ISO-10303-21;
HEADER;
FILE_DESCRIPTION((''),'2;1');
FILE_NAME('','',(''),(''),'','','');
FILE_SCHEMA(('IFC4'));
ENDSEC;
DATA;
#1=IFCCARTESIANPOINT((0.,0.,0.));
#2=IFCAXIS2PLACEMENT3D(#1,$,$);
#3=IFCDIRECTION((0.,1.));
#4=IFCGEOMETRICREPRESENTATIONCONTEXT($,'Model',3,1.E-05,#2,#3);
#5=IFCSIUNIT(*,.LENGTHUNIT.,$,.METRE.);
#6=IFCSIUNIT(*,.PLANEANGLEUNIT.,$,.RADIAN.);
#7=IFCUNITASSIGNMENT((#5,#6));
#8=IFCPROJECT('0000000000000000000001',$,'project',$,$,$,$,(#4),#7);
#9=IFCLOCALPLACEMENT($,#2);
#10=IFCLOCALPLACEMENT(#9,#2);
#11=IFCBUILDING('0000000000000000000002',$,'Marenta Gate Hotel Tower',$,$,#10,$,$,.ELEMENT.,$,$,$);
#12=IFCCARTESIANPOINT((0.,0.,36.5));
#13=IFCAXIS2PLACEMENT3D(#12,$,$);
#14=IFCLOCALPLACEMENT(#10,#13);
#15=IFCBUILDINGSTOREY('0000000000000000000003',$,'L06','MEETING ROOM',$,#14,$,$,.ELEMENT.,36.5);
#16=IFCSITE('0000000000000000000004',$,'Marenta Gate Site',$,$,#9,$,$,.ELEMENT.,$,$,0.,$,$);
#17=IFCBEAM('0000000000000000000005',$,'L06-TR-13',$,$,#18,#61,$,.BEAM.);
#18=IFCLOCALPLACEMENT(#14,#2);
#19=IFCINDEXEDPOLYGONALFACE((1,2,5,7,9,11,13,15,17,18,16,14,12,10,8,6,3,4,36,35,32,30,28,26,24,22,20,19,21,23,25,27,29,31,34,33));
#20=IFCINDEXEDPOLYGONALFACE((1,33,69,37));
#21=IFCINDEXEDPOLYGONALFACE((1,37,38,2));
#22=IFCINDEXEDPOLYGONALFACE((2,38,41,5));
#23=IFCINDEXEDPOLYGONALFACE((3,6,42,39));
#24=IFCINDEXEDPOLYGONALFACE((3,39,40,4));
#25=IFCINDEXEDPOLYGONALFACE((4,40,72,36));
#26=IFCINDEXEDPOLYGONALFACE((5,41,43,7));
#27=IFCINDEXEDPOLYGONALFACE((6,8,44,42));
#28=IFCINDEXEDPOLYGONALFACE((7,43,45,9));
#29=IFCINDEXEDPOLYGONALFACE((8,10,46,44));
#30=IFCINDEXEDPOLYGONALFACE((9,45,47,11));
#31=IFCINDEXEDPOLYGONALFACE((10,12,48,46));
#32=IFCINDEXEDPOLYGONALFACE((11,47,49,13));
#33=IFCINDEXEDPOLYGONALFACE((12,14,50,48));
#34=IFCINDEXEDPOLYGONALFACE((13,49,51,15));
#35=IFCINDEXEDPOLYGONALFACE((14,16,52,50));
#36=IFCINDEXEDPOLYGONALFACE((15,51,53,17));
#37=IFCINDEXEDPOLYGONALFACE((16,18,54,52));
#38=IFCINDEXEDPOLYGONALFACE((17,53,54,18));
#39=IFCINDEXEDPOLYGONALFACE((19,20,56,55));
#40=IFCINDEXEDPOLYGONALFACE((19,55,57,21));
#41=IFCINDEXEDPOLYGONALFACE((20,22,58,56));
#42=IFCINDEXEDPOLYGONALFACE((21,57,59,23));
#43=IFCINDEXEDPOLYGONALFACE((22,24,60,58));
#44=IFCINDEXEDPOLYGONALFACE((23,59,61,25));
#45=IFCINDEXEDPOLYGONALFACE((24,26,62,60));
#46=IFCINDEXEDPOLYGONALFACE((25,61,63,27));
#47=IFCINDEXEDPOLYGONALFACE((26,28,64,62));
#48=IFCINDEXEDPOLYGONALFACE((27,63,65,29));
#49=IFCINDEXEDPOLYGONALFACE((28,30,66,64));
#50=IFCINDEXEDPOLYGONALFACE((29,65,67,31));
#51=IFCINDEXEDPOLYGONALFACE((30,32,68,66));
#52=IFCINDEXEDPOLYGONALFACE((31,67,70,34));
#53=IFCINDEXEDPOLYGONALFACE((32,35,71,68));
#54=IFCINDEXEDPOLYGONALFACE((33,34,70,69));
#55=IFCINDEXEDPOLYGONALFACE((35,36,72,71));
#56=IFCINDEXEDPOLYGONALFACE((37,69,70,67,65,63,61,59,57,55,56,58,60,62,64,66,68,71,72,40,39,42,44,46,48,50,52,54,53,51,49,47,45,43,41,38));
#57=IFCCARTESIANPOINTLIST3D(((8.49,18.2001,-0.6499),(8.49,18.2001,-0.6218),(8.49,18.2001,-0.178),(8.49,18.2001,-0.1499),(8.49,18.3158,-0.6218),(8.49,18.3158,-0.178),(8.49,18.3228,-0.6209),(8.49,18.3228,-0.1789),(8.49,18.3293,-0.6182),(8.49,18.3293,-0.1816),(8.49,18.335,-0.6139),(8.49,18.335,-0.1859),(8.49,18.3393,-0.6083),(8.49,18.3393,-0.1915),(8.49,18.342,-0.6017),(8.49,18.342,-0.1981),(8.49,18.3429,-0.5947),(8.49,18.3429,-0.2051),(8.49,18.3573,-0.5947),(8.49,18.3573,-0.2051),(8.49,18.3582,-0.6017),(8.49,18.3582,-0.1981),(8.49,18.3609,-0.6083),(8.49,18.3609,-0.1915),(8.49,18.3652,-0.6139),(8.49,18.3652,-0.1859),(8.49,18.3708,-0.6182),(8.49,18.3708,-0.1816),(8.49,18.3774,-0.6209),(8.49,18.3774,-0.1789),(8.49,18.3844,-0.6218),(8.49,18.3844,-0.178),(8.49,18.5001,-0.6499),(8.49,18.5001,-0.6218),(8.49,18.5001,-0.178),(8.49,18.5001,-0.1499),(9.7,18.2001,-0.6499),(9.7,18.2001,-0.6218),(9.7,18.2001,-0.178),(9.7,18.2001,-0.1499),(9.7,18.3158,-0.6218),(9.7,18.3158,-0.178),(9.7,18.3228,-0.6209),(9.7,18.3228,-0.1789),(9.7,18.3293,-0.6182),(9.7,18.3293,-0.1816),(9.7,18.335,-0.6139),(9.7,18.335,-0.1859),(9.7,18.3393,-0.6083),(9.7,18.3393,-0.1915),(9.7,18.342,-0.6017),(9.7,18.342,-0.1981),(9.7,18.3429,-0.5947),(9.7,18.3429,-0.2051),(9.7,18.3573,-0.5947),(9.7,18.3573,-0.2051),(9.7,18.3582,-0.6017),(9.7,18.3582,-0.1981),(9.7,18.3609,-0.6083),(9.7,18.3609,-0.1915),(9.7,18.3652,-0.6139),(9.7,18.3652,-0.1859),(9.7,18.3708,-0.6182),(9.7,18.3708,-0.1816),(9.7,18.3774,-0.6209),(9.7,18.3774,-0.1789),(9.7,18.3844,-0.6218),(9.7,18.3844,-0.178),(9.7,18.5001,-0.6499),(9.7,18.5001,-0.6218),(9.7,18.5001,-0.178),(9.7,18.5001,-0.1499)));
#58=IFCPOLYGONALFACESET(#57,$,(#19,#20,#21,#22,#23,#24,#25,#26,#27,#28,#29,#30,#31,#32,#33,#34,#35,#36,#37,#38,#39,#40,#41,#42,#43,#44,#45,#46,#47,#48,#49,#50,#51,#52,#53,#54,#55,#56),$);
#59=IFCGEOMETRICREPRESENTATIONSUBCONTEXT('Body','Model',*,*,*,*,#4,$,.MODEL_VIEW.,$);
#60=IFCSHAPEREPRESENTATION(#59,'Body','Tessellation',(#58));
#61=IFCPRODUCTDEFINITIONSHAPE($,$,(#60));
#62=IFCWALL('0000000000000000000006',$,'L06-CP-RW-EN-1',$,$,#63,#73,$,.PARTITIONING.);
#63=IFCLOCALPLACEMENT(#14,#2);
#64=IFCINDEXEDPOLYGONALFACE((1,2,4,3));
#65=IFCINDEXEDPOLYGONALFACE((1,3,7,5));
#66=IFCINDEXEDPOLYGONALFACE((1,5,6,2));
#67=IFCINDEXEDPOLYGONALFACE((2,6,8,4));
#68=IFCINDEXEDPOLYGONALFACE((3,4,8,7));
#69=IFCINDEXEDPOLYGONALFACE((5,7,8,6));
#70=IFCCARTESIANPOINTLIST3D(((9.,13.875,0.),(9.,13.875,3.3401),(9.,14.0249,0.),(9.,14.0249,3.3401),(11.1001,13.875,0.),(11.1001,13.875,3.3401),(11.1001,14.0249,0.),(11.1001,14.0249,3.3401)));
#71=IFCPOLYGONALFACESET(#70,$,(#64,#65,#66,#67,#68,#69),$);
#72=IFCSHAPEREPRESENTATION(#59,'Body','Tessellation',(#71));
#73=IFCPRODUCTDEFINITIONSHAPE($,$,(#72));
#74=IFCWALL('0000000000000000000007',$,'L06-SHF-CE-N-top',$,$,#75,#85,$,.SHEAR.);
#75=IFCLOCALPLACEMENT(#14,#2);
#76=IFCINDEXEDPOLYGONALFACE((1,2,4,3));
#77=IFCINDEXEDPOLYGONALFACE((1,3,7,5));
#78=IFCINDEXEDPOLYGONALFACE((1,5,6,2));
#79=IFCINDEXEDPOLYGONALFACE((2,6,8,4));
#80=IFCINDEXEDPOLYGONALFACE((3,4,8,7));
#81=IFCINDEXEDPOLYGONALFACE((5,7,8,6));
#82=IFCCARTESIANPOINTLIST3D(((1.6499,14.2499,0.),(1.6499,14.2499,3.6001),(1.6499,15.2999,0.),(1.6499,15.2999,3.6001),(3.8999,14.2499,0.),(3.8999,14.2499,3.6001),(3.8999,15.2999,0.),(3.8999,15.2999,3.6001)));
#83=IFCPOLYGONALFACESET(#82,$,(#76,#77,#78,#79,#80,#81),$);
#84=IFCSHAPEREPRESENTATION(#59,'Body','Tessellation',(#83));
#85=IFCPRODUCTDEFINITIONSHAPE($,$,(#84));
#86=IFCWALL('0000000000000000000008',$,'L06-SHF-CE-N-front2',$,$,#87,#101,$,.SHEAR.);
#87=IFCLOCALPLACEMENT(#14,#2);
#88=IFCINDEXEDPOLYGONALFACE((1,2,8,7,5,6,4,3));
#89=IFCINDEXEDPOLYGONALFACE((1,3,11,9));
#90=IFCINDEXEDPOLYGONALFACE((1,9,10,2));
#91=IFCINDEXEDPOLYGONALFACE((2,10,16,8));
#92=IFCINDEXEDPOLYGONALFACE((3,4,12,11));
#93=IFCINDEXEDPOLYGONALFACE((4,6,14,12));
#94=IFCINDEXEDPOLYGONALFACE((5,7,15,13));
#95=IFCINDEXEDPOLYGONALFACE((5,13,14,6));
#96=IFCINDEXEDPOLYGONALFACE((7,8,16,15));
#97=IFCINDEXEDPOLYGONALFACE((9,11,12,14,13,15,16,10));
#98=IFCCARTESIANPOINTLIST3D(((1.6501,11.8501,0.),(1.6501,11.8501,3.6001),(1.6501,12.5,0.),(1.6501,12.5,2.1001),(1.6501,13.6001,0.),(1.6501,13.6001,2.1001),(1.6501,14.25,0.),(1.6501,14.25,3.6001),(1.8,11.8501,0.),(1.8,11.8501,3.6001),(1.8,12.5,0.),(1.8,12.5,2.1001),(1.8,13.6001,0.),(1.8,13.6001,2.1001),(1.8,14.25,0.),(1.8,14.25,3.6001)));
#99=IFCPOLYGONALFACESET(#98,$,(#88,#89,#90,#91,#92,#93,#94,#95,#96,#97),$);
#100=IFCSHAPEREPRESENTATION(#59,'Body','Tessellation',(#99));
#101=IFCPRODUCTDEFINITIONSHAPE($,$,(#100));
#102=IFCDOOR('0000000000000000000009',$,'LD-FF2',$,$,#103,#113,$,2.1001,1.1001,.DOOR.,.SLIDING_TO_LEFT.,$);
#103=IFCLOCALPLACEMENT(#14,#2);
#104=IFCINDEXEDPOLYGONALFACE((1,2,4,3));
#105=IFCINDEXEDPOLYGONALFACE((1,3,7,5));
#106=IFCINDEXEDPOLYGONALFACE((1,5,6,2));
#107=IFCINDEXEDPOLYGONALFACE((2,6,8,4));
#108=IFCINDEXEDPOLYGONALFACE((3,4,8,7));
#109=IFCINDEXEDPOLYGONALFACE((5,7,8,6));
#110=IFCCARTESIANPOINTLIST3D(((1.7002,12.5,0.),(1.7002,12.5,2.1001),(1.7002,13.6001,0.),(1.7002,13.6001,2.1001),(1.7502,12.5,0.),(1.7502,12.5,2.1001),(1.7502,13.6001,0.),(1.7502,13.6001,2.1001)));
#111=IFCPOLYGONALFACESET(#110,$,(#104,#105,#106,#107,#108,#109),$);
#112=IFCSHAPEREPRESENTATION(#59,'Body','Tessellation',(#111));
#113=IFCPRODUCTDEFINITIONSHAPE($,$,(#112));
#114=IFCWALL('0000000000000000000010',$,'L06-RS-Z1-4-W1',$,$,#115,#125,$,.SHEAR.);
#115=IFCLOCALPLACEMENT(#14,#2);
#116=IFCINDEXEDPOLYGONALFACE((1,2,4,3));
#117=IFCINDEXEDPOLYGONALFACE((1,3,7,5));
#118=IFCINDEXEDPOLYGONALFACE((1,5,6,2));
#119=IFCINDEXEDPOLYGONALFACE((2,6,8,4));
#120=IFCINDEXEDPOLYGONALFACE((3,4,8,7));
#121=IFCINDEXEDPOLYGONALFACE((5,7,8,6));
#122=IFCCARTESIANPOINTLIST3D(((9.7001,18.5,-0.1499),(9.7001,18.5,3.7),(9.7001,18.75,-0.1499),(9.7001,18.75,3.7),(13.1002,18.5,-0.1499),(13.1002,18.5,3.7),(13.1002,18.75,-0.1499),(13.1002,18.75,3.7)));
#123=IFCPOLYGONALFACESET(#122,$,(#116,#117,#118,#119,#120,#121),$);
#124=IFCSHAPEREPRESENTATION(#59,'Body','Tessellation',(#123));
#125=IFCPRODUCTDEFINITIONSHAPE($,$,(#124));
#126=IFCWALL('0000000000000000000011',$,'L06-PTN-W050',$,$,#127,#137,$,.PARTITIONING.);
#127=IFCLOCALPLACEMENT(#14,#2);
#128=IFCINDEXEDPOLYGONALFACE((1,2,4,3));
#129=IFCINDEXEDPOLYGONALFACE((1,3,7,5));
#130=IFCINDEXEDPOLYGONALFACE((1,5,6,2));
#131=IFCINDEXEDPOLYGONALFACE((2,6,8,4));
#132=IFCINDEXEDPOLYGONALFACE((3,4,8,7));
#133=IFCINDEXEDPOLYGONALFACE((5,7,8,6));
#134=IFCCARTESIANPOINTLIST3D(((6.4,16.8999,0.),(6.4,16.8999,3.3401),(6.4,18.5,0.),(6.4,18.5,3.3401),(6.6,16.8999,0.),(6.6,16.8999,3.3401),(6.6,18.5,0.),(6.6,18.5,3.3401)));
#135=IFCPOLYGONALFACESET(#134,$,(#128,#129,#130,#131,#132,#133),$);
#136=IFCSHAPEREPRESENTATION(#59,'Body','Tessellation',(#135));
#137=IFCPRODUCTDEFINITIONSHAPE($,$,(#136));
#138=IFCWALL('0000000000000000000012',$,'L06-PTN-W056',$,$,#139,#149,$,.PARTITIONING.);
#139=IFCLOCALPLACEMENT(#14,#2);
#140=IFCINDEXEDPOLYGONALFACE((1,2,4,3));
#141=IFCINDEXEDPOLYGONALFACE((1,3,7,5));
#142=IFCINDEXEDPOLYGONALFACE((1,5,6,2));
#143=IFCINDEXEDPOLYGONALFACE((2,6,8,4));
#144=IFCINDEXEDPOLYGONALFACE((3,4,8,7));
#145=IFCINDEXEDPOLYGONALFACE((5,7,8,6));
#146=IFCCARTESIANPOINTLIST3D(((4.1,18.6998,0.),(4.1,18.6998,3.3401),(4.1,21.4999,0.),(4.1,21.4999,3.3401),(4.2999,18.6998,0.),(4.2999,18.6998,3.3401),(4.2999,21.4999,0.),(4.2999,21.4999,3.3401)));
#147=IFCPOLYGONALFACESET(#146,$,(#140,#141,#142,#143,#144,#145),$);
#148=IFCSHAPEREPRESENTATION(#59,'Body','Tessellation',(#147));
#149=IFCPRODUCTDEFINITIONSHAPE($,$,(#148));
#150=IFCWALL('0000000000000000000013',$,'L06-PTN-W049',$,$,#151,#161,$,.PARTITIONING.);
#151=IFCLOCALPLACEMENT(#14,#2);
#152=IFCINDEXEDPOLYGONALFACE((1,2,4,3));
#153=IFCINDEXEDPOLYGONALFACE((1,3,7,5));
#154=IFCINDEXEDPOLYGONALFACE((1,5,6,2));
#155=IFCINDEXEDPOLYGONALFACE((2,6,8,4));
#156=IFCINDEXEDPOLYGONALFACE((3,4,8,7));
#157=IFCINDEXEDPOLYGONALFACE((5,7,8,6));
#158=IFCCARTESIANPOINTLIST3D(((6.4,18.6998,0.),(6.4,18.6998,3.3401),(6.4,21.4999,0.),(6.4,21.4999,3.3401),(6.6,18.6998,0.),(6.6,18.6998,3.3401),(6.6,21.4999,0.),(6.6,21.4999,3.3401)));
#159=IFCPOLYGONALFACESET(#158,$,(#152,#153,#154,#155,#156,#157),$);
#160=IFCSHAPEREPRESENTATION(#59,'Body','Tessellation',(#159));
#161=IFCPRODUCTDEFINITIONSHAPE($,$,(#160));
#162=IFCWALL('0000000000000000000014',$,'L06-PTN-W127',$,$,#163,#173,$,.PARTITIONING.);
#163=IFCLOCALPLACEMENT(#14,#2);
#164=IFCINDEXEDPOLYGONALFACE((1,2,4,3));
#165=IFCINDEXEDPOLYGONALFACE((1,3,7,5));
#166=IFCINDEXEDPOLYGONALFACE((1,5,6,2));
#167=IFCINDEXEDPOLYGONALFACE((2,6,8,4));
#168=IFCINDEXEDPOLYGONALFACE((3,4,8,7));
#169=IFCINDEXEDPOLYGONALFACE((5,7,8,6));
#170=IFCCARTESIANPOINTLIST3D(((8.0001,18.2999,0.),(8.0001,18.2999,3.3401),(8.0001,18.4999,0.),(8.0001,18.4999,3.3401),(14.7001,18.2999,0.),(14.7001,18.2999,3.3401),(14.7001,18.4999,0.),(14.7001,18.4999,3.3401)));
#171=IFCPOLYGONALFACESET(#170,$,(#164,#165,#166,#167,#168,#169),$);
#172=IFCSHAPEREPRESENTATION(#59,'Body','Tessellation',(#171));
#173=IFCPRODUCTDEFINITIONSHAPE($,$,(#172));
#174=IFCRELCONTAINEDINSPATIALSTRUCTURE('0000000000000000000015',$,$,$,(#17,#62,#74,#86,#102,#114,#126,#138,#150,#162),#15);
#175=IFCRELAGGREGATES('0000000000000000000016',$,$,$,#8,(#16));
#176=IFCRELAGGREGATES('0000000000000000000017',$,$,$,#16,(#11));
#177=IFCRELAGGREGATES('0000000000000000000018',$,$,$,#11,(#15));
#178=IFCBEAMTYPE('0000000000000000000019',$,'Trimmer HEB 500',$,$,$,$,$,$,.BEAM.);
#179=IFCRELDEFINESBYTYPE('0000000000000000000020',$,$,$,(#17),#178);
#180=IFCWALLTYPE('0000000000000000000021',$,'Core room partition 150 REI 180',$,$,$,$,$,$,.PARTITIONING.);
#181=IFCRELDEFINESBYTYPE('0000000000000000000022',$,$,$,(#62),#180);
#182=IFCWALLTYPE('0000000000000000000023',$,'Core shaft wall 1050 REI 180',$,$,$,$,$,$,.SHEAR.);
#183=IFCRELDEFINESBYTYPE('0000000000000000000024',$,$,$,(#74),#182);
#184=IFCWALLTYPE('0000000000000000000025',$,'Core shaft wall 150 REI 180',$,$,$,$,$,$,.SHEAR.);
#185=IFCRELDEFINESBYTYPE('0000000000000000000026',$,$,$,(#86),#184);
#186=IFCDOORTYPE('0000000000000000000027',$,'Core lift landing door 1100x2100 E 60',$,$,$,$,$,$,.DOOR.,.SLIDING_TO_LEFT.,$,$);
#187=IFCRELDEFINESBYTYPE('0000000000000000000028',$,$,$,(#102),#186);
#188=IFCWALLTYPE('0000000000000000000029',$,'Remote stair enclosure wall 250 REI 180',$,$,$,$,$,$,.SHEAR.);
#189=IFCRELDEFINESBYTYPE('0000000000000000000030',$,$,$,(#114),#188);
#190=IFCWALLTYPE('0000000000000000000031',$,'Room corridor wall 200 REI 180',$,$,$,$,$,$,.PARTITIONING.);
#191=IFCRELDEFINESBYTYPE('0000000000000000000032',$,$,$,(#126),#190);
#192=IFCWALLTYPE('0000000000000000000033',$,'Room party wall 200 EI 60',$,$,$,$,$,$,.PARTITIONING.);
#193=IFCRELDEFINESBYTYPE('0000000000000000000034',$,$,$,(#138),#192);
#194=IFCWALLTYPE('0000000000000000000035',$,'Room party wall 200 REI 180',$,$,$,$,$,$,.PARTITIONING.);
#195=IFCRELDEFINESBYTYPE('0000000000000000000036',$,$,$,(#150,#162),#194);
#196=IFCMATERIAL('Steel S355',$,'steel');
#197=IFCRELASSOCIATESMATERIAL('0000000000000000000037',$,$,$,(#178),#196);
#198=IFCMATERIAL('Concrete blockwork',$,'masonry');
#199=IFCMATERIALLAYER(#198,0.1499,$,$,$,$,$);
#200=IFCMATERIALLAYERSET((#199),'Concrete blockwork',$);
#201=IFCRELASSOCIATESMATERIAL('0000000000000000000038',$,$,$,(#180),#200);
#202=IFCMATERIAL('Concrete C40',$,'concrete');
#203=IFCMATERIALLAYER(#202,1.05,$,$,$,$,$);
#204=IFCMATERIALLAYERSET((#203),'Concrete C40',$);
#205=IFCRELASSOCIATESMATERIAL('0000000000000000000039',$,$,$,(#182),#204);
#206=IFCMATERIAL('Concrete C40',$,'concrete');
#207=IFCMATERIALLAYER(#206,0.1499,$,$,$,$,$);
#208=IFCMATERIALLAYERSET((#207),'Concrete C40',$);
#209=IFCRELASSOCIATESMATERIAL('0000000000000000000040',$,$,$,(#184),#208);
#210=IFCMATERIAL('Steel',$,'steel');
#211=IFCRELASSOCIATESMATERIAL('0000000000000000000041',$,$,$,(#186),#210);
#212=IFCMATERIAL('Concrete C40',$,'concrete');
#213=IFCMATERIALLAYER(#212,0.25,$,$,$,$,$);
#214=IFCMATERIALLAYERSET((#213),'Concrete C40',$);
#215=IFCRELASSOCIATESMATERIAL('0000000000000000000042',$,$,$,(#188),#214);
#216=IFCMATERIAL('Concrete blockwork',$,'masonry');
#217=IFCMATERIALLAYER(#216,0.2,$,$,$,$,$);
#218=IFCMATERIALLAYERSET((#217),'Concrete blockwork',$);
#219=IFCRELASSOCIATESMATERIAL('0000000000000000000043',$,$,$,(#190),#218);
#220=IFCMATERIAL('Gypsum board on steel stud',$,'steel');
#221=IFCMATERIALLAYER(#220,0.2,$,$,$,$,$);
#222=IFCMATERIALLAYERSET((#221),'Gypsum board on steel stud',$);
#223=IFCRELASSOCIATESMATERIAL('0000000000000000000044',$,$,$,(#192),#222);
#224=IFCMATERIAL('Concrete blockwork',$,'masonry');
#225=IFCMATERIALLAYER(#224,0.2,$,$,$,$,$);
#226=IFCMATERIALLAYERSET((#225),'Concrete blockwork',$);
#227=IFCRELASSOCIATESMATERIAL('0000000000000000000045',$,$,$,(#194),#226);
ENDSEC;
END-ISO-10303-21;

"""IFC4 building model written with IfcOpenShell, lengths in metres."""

from ifc_helpers import new_model, si_unit, direction, frame, frame_2d, origin, origin_2d, place, context, subcontext, project, spatial, rectangle, i_section, extrude, material, layer, layer_set, material_profile, profile_set, type_object, element, fill, save


model = new_model("IFC4")

# Units and contexts
model_context = context("Model", 3, precision=1e-05, world=origin(), true_north=direction((0.0, 1.0)))
body_context = subcontext(model_context, "Body", "Model", "MODEL_VIEW")
ifc_project = project(units=[si_unit("LENGTHUNIT", "METRE"), si_unit("PLANEANGLEUNIT", "RADIAN")], contexts=[model_context])

# Site, building, storey
site_placement = place(None, origin())
site = spatial("IfcSite", under=ifc_project, at=site_placement, Name="Marenta Gate Site", CompositionType="ELEMENT", RefElevation=0.0)
building_placement = place(site_placement, origin())
building = spatial("IfcBuilding", under=site, at=building_placement, Name="Marenta Gate Hotel Tower", CompositionType="ELEMENT")
storey_placement = place(building_placement, frame((0.0, 0.0, 36.5)))
storey = spatial("IfcBuildingStorey", under=building, at=storey_placement, Name="L06", Description="MEETING ROOM", CompositionType="ELEMENT", Elevation=36.5)

# Beam
ifc_material_1 = material(Name="Steel S355", Category="steel")
ifc_material_profile_1 = material_profile(ifc_material_1, i_section(OverallWidth=0.3, OverallDepth=0.5, WebThickness=0.0144, FlangeThickness=0.0281, FilletRadius=0.0271, at=origin_2d()), Name="HEB 500")
ifc_profile_set_1 = profile_set([ifc_material_profile_1], Name="Steel S355")
beam_type_1 = type_object("IfcBeamType", Name="Trimmer HEB 500", PredefinedType="BEAM", material=ifc_profile_set_1)
beam_1_placement = place(storey_placement, frame((8.49, 18.3501, -0.3999), z_axis=(1.0, 0.0, 0.0), x_axis=(0.0, 1.0, 0.0)))
element("IfcBeam", 1, at=beam_1_placement, inside=storey, type_object=beam_type_1, Name="L06-TR-13", PredefinedType="BEAM", context=body_context, shape_type="SweptSolid", body=[
    extrude(i_section(OverallWidth=0.3, OverallDepth=0.5, WebThickness=0.0144, FlangeThickness=0.0281, FilletRadius=0.0271, at=origin_2d()), origin(), (0.0, 0.0, 1.0), 1.21),
])

# Walls
ifc_material_2 = material(Name="Concrete blockwork", Category="masonry")
ifc_layer_1 = layer(ifc_material_2, 0.1499)
ifc_layer_set_1 = layer_set([ifc_layer_1], Name="Concrete blockwork")
wall_type_1 = type_object("IfcWallType", Name="Core room partition 150 REI 180", PredefinedType="PARTITIONING", material=ifc_layer_set_1)
wall_1_placement = place(storey_placement, frame((9.0, 13.95, 0.0), z_axis=(0.0, 0.0, 1.0), x_axis=(1.0, 0.0, 0.0)))
element("IfcWall", 2, at=wall_1_placement, inside=storey, type_object=wall_type_1, Name="L06-CP-RW-EN-1", PredefinedType="PARTITIONING", context=body_context, shape_type="SweptSolid", body=[
    extrude(rectangle(XDim=2.1001, YDim=0.1499, at=frame_2d((1.05, 0.0))), origin(), (0.0, 0.0, 1.0), 3.3401),
])
ifc_material_3 = material(Name="Concrete C40", Category="concrete")
ifc_layer_2 = layer(ifc_material_3, 1.05)
ifc_layer_set_2 = layer_set([ifc_layer_2], Name="Concrete C40")
wall_type_2 = type_object("IfcWallType", Name="Core shaft wall 1050 REI 180", PredefinedType="SHEAR", material=ifc_layer_set_2)
wall_2_placement = place(storey_placement, frame((1.6499, 14.7749, 0.0), z_axis=(0.0, 0.0, 1.0), x_axis=(1.0, 0.0, 0.0)))
element("IfcWall", 3, at=wall_2_placement, inside=storey, type_object=wall_type_2, Name="L06-SHF-CE-N-top", PredefinedType="SHEAR", context=body_context, shape_type="SweptSolid", body=[
    extrude(rectangle(XDim=2.25, YDim=1.05, at=frame_2d((1.125, 0.0))), origin(), (0.0, 0.0, 1.0), 3.6001),
])

# Wall, opening, door
ifc_material_4 = material(Name="Concrete C40", Category="concrete")
ifc_layer_3 = layer(ifc_material_4, 0.1499)
ifc_layer_set_3 = layer_set([ifc_layer_3], Name="Concrete C40")
wall_type_3 = type_object("IfcWallType", Name="Core shaft wall 150 REI 180", PredefinedType="SHEAR", material=ifc_layer_set_3)
wall_3_placement = place(storey_placement, frame((1.7251, 11.8501, 0.0), z_axis=(0.0, 0.0, 1.0), x_axis=(0.0, 1.0, 0.0)))
wall_3 = element("IfcWall", 4, at=wall_3_placement, inside=storey, type_object=wall_type_3, Name="L06-SHF-CE-N-front2", PredefinedType="SHEAR", context=body_context, shape_type="SweptSolid", body=[
    extrude(rectangle(XDim=2.3999, YDim=0.1499, at=frame_2d((1.2, 0.0))), origin(), (0.0, 0.0, 1.0), 3.6001),
])
opening_1_placement = place(wall_3_placement, frame((0.6499, 0.0, 0.0)))
opening_1 = element("IfcOpeningElement", 5, at=opening_1_placement, cuts=wall_3, PredefinedType="OPENING", context=body_context, shape_type="SweptSolid", body=[
    extrude(rectangle(XDim=1.1001, YDim=2.1001, at=frame_2d((0.55, 1.05))), frame((0.0, 0.075, 0.0), z_axis=(0.0, -1.0, 0.0), x_axis=(1.0, 0.0, 0.0)), (0.0, 0.0, 1.0), 0.1499),
])
ifc_material_5 = material(Name="Steel", Category="steel")
door_type_1 = type_object("IfcDoorType", Name="Core lift landing door 1100x2100 E 60", OperationType="SLIDING_TO_LEFT", PredefinedType="DOOR", material=ifc_material_5)
door_1_placement = place(opening_1_placement, origin())
door_1 = element("IfcDoor", 6, at=door_1_placement, inside=storey, type_object=door_type_1, Name="LD-FF2", OperationType="SLIDING_TO_LEFT", OverallHeight=2.1001, OverallWidth=1.1001, PredefinedType="DOOR", context=body_context, shape_type="SweptSolid", body=[
    extrude(rectangle(XDim=1.1001, YDim=2.1001, at=frame_2d((0.55, 1.05))), frame((0.0, 0.0249, 0.0), z_axis=(0.0, -1.0, 0.0), x_axis=(1.0, 0.0, 0.0)), (0.0, 0.0, 1.0), 0.05),
])
fill(opening_1, door_1)

# Walls
ifc_material_6 = material(Name="Concrete C40", Category="concrete")
ifc_layer_4 = layer(ifc_material_6, 0.25)
ifc_layer_set_4 = layer_set([ifc_layer_4], Name="Concrete C40")
wall_type_4 = type_object("IfcWallType", Name="Remote stair enclosure wall 250 REI 180", PredefinedType="SHEAR", material=ifc_layer_set_4)
wall_4_placement = place(storey_placement, frame((9.7, 18.625, -0.1499), z_axis=(0.0, 0.0, 1.0), x_axis=(1.0, 0.0, 0.0)))
element("IfcWall", 7, at=wall_4_placement, inside=storey, type_object=wall_type_4, Name="L06-RS-Z1-4-W1", PredefinedType="SHEAR", context=body_context, shape_type="SweptSolid", body=[
    extrude(rectangle(XDim=3.4001, YDim=0.25, at=frame_2d((1.7002, 0.0))), origin(), (0.0, 0.0, 1.0), 3.8499),
])
ifc_material_7 = material(Name="Concrete blockwork", Category="masonry")
ifc_layer_5 = layer(ifc_material_7, 0.2)
ifc_layer_set_5 = layer_set([ifc_layer_5], Name="Concrete blockwork")
wall_type_5 = type_object("IfcWallType", Name="Room corridor wall 200 REI 180", PredefinedType="PARTITIONING", material=ifc_layer_set_5)
wall_5_placement = place(storey_placement, frame((6.5, 16.8999, 0.0), z_axis=(0.0, 0.0, 1.0), x_axis=(0.0, 1.0, 0.0)))
element("IfcWall", 8, at=wall_5_placement, inside=storey, type_object=wall_type_5, Name="L06-PTN-W050", PredefinedType="PARTITIONING", context=body_context, shape_type="SweptSolid", body=[
    extrude(rectangle(XDim=1.6001, YDim=0.2, at=frame_2d((0.8, 0.0))), origin(), (0.0, 0.0, 1.0), 3.3401),
])
ifc_material_8 = material(Name="Gypsum board on steel stud", Category="steel")
ifc_layer_6 = layer(ifc_material_8, 0.2)
ifc_layer_set_6 = layer_set([ifc_layer_6], Name="Gypsum board on steel stud")
wall_type_6 = type_object("IfcWallType", Name="Room party wall 200 EI 60", PredefinedType="PARTITIONING", material=ifc_layer_set_6)
wall_6_placement = place(storey_placement, frame((4.2, 18.7, 0.0), z_axis=(0.0, 0.0, 1.0), x_axis=(0.0, 1.0, 0.0)))
element("IfcWall", 9, at=wall_6_placement, inside=storey, type_object=wall_type_6, Name="L06-PTN-W056", PredefinedType="PARTITIONING", context=body_context, shape_type="SweptSolid", body=[
    extrude(rectangle(XDim=2.8, YDim=0.2, at=frame_2d((1.3999, 0.0))), origin(), (0.0, 0.0, 1.0), 3.3401),
])

# Shared definitions
ifc_material_9 = material(Name="Concrete blockwork", Category="masonry")
ifc_layer_7 = layer(ifc_material_9, 0.2)
ifc_layer_set_7 = layer_set([ifc_layer_7], Name="Concrete blockwork")
wall_type_7 = type_object("IfcWallType", Name="Room party wall 200 REI 180", PredefinedType="PARTITIONING", material=ifc_layer_set_7)

# Walls
wall_7_placement = place(storey_placement, frame((6.5, 18.7, 0.0), z_axis=(0.0, 0.0, 1.0), x_axis=(0.0, 1.0, 0.0)))
element("IfcWall", 10, at=wall_7_placement, inside=storey, type_object=wall_type_7, Name="L06-PTN-W049", PredefinedType="PARTITIONING", context=body_context, shape_type="SweptSolid", body=[
    extrude(rectangle(XDim=2.8, YDim=0.2, at=frame_2d((1.3999, 0.0))), origin(), (0.0, 0.0, 1.0), 3.3401),
])
wall_8_placement = place(storey_placement, frame((8.0, 18.3999, 0.0), z_axis=(0.0, 0.0, 1.0), x_axis=(1.0, 0.0, 0.0)))
element("IfcWall", 11, at=wall_8_placement, inside=storey, type_object=wall_type_7, Name="L06-PTN-W127", PredefinedType="PARTITIONING", context=body_context, shape_type="SweptSolid", body=[
    extrude(rectangle(XDim=6.7, YDim=0.2, at=frame_2d((3.3501, 0.0))), origin(), (0.0, 0.0, 1.0), 3.3401),
])

save(model, "model.ifc")
